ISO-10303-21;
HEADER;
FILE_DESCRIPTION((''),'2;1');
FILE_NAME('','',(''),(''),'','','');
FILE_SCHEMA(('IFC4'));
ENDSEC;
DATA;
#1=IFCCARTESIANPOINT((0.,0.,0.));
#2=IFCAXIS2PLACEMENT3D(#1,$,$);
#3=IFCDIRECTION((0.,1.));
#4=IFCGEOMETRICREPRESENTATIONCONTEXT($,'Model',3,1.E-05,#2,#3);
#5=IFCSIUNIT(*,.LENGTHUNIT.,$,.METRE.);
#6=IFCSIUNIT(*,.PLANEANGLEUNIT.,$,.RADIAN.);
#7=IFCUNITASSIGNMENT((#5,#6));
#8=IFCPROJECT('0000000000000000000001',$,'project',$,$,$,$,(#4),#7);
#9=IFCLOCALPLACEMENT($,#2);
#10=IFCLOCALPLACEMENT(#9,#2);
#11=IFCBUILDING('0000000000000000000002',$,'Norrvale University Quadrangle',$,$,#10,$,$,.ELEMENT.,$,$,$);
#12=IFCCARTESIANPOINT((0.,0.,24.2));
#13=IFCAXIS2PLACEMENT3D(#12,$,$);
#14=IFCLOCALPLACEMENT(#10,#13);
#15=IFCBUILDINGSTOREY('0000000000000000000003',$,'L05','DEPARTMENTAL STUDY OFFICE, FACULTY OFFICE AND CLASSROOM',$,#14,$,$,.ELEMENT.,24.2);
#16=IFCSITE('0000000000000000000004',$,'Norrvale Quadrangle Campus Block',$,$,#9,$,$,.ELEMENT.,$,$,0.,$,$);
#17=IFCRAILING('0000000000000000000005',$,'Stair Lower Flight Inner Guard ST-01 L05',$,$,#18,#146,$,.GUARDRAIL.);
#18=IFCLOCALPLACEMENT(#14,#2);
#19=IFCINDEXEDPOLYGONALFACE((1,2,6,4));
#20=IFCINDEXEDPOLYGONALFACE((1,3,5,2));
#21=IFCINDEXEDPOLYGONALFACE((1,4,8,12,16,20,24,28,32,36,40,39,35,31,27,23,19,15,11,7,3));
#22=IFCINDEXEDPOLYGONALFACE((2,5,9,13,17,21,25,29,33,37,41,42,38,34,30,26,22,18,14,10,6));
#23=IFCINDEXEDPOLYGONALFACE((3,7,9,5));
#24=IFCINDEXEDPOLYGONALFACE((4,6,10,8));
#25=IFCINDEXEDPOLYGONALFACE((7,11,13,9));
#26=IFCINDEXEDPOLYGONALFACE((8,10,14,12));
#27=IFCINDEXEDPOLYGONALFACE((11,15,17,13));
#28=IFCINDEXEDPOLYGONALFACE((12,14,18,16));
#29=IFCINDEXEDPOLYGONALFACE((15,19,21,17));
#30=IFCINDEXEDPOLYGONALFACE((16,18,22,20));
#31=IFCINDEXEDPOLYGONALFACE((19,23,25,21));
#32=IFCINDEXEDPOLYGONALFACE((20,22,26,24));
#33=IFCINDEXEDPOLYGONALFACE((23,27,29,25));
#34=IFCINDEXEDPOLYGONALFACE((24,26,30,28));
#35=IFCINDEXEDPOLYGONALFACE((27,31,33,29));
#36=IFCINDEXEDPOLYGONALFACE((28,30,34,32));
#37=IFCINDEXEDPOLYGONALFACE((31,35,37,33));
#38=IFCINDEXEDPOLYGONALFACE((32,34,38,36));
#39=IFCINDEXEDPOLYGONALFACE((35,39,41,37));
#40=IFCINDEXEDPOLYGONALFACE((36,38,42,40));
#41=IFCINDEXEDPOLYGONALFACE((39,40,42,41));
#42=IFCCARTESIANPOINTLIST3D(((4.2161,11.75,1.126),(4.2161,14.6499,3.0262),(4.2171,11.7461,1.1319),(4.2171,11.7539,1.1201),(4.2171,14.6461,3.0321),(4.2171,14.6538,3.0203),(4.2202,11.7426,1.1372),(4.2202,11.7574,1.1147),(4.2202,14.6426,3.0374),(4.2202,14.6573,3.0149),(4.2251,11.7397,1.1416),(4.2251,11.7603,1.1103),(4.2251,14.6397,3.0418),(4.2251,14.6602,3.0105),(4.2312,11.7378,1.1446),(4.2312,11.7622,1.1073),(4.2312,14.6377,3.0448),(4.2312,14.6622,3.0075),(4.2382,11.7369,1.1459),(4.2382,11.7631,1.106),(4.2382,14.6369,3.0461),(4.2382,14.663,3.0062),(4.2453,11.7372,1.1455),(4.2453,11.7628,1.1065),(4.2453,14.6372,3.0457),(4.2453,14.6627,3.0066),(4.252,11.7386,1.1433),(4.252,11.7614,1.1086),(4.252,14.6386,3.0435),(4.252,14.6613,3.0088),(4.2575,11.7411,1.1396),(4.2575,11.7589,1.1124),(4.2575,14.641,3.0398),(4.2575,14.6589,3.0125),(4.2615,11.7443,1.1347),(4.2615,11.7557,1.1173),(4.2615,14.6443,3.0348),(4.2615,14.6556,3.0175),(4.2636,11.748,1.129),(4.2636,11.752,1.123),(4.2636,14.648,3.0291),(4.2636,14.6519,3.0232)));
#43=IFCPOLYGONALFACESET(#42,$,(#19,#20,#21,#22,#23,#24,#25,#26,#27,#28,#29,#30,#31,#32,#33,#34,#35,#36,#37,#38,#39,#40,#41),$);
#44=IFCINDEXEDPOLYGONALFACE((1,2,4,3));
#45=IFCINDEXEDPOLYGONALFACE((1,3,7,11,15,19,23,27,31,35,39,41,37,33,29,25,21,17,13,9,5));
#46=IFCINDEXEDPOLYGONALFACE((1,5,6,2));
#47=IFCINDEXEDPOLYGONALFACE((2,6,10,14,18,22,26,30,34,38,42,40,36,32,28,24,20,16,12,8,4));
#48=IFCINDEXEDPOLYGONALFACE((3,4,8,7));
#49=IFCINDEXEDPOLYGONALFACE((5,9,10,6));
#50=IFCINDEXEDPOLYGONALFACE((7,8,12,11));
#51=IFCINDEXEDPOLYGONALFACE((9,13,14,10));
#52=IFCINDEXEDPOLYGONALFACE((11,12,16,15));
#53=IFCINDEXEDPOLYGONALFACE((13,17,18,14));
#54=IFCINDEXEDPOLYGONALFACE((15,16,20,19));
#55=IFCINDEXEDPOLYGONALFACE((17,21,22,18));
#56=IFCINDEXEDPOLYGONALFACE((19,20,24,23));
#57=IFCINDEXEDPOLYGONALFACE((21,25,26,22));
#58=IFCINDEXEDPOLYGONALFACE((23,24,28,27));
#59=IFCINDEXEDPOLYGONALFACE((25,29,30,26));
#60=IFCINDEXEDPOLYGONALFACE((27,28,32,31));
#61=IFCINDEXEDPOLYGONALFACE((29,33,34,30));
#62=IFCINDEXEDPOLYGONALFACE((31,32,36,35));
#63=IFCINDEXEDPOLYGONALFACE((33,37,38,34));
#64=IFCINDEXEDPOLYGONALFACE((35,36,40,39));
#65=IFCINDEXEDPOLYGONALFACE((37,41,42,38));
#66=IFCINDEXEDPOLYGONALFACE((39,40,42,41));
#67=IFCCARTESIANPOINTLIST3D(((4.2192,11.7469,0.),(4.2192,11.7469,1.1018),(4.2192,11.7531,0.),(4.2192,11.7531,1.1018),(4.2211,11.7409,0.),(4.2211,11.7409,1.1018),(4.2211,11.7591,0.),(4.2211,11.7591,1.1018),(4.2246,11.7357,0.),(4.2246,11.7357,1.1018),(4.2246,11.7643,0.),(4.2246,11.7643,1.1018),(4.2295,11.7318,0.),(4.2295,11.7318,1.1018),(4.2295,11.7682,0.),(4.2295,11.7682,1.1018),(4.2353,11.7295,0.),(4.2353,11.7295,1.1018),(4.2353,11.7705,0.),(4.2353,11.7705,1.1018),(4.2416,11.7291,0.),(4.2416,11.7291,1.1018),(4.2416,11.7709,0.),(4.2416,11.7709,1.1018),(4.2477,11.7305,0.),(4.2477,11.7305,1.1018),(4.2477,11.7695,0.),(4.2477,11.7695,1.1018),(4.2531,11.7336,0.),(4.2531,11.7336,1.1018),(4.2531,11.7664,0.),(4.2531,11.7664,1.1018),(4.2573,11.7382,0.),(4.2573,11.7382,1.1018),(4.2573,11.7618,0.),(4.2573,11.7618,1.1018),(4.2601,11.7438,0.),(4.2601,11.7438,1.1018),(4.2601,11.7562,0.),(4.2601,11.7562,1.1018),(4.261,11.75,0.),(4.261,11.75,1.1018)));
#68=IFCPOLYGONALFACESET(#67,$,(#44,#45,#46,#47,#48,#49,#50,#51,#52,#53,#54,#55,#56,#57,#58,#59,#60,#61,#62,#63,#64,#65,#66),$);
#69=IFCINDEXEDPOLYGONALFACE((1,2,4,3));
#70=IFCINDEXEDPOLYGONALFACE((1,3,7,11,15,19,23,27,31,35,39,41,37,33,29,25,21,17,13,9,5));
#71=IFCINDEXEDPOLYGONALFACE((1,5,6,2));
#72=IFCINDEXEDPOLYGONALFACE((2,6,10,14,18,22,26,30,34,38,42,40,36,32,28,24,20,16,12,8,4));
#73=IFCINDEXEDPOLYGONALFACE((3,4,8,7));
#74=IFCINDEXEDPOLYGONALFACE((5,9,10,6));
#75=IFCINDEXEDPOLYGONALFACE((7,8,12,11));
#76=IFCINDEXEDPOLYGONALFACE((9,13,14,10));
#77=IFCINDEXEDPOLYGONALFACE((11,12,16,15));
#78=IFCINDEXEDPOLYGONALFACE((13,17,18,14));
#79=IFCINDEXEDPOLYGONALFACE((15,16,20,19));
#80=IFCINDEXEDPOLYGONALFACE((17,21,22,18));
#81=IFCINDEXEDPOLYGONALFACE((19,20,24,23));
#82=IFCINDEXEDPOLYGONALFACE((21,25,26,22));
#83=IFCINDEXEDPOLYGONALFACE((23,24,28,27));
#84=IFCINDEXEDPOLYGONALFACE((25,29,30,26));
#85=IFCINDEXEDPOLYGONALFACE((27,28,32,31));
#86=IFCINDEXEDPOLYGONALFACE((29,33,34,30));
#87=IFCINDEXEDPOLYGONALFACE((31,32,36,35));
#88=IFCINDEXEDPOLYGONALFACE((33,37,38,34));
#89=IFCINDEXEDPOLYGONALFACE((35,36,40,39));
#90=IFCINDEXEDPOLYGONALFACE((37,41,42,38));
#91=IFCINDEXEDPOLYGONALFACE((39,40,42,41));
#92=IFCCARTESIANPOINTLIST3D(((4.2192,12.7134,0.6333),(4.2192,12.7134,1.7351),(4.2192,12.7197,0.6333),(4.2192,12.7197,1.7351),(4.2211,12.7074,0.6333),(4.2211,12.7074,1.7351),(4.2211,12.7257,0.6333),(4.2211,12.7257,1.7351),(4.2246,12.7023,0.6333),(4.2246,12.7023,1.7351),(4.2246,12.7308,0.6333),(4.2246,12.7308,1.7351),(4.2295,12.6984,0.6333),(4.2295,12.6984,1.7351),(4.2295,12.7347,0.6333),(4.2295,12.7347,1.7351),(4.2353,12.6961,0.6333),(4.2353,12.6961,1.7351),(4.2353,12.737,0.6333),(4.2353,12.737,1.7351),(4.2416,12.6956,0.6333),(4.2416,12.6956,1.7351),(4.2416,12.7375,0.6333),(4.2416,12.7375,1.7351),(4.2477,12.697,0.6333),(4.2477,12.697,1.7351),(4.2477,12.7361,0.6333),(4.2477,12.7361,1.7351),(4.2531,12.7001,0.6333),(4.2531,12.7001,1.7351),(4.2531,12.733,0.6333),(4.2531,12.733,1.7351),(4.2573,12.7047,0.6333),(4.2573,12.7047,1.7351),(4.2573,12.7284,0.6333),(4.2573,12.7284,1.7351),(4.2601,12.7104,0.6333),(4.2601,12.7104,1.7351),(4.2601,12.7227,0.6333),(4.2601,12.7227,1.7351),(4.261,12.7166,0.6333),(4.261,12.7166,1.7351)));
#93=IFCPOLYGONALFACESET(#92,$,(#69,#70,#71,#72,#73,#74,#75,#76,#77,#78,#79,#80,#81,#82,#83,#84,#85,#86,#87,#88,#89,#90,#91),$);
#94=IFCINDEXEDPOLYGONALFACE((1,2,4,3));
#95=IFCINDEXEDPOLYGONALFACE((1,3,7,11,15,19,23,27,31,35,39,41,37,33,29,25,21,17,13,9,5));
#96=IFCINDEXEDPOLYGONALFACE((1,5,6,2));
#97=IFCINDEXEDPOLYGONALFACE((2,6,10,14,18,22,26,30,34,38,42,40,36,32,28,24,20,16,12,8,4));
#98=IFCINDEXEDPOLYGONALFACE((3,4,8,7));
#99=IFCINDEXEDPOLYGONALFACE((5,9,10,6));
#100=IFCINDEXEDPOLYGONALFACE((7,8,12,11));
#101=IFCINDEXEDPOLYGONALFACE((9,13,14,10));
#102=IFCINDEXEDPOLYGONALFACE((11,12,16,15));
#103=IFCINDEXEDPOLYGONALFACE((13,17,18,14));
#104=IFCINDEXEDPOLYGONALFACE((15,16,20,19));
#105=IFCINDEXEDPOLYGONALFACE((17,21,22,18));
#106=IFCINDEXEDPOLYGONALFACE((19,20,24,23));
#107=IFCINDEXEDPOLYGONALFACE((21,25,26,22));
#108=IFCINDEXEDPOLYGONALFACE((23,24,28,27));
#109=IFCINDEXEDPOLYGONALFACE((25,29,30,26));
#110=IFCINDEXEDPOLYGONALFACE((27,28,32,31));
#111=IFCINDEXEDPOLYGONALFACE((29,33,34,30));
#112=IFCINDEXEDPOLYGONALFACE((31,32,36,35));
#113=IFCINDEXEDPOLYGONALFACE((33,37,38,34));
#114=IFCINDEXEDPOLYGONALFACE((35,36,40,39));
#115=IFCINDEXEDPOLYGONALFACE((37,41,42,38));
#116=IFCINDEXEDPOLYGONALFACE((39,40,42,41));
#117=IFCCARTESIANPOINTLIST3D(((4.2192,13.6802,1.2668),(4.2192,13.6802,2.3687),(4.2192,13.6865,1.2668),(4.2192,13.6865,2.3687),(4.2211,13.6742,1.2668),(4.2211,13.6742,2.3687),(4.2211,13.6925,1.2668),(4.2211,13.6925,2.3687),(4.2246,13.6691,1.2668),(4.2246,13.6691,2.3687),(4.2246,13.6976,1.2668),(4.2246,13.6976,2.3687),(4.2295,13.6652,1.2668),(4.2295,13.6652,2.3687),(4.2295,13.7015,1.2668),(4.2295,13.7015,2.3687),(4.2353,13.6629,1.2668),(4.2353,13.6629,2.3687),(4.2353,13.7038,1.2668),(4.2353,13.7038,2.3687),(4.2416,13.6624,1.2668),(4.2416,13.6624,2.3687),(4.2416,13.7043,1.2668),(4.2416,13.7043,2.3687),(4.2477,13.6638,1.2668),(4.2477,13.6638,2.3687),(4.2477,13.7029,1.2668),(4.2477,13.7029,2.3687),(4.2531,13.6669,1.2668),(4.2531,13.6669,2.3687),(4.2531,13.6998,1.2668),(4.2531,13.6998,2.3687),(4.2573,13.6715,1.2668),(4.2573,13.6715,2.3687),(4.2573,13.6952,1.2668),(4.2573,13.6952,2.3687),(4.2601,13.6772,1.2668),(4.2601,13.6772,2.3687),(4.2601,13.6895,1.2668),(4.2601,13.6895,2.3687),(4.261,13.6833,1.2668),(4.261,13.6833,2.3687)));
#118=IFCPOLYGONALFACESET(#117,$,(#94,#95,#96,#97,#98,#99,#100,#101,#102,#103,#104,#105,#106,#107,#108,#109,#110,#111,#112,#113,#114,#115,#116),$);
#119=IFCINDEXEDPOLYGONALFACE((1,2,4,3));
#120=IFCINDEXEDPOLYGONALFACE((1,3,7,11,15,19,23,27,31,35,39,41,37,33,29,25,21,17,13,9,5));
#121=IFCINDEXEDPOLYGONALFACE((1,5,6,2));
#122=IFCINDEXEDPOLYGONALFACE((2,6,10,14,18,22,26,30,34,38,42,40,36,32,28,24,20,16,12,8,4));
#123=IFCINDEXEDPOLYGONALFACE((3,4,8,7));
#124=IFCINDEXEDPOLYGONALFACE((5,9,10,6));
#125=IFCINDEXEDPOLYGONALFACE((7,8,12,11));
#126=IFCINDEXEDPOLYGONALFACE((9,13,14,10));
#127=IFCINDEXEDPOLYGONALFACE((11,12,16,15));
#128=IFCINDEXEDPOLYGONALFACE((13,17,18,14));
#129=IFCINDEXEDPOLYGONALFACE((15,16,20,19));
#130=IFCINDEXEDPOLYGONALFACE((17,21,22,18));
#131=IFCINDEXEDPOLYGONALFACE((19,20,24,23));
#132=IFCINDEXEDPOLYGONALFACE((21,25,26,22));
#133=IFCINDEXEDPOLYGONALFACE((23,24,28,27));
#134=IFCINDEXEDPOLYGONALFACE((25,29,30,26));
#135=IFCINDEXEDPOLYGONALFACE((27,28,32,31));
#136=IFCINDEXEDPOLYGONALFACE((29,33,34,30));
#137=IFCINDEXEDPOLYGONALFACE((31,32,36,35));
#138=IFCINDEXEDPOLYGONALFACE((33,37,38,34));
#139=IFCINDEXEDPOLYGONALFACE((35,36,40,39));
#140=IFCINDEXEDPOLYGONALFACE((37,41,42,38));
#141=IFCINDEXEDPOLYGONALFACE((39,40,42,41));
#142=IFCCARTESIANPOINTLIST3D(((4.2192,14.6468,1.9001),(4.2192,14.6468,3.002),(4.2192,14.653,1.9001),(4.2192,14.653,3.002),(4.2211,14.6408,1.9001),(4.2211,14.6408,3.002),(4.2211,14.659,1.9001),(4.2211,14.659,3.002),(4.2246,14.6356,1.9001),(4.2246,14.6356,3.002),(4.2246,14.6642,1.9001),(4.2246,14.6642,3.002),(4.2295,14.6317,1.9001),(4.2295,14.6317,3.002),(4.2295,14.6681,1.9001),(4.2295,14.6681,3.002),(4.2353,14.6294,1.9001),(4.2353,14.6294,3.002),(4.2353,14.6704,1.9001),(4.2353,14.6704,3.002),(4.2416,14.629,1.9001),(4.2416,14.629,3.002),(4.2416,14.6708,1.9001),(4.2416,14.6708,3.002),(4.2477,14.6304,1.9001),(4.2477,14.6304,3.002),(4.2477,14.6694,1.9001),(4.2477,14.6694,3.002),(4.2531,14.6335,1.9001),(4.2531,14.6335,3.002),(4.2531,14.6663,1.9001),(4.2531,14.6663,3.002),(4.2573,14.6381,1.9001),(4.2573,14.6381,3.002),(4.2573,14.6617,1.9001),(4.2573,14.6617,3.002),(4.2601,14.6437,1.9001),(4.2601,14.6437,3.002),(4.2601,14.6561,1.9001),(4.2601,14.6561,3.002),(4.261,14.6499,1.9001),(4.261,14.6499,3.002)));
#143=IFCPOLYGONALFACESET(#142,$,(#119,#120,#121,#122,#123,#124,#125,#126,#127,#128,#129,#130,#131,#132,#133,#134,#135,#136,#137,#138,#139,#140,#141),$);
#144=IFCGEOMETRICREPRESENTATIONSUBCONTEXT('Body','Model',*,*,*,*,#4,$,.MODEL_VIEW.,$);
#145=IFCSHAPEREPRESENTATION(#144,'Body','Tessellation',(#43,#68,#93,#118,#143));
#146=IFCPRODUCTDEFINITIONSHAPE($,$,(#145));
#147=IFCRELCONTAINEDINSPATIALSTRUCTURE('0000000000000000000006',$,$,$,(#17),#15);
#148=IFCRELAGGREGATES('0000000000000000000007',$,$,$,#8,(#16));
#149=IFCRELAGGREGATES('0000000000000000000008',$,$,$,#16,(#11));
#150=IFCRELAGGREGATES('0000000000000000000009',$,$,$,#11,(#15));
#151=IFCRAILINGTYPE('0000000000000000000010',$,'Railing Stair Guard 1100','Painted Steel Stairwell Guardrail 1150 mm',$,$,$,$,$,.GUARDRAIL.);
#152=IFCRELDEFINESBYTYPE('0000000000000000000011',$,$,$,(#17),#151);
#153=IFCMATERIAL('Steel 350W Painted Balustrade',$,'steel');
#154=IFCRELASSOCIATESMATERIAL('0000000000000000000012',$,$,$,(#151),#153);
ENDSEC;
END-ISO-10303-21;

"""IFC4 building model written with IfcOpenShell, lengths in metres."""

from ifc_helpers import new_model, si_unit, direction, frame, origin, origin_2d, place, context, subcontext, project, spatial, circle, extrude, material, type_object, element, save


model = new_model("IFC4")

# Units and contexts
model_context = context("Model", 3, precision=1e-05, world=origin(), true_north=direction((0.0, 1.0)))
body_context = subcontext(model_context, "Body", "Model", "MODEL_VIEW")
ifc_project = project(units=[si_unit("LENGTHUNIT", "METRE"), si_unit("PLANEANGLEUNIT", "RADIAN")], contexts=[model_context])

# Site, building, storey
site_placement = place(None, origin())
site = spatial("IfcSite", under=ifc_project, at=site_placement, Name="Norrvale Quadrangle Campus Block", CompositionType="ELEMENT", RefElevation=0.0)
building_placement = place(site_placement, origin())
building = spatial("IfcBuilding", under=site, at=building_placement, Name="Norrvale University Quadrangle", CompositionType="ELEMENT")
storey_placement = place(building_placement, frame((0.0, 0.0, 24.2)))
storey = spatial("IfcBuildingStorey", under=building, at=storey_placement, Name="L05", Description="DEPARTMENTAL STUDY OFFICE, FACULTY OFFICE AND CLASSROOM", CompositionType="ELEMENT", Elevation=24.2)

# Railing
ifc_material_1 = material(Name="Steel 350W Painted Balustrade", Category="steel")
railing_type_1 = type_object("IfcRailingType", Name="Railing Stair Guard 1100", Description="Painted Steel Stairwell Guardrail 1150 mm", PredefinedType="GUARDRAIL", material=ifc_material_1)
railing_1_placement = place(storey_placement, frame((4.24, 11.75, 0.0)))
element("IfcRailing", 1, at=railing_1_placement, inside=storey, type_object=railing_type_1, Name="Stair Lower Flight Inner Guard ST-01 L05", PredefinedType="GUARDRAIL", context=body_context, shape_type="SweptSolid", body=[
    extrude(circle(Radius=0.0239, at=origin_2d()), frame((0.0, 0.0, 1.126), z_axis=(0.0, 0.836433, 0.548069), x_axis=(-1.0, 0.0, 0.0)), (0.0, 0.0, 1.0), 3.467),
    extrude(circle(Radius=0.021, at=origin_2d()), origin(), (0.0, 0.0, 1.0), 1.1018),
    extrude(circle(Radius=0.021, at=origin_2d()), frame((0.0, 0.9666, 0.6333)), (0.0, 0.0, 1.0), 1.1018),
    extrude(circle(Radius=0.021, at=origin_2d()), frame((0.0, 1.9333, 1.2668)), (0.0, 0.0, 1.0), 1.1018),
    extrude(circle(Radius=0.021, at=origin_2d()), frame((0.0, 2.8999, 1.9001)), (0.0, 0.0, 1.0), 1.1018),
])

save(model, "model.ifc")
